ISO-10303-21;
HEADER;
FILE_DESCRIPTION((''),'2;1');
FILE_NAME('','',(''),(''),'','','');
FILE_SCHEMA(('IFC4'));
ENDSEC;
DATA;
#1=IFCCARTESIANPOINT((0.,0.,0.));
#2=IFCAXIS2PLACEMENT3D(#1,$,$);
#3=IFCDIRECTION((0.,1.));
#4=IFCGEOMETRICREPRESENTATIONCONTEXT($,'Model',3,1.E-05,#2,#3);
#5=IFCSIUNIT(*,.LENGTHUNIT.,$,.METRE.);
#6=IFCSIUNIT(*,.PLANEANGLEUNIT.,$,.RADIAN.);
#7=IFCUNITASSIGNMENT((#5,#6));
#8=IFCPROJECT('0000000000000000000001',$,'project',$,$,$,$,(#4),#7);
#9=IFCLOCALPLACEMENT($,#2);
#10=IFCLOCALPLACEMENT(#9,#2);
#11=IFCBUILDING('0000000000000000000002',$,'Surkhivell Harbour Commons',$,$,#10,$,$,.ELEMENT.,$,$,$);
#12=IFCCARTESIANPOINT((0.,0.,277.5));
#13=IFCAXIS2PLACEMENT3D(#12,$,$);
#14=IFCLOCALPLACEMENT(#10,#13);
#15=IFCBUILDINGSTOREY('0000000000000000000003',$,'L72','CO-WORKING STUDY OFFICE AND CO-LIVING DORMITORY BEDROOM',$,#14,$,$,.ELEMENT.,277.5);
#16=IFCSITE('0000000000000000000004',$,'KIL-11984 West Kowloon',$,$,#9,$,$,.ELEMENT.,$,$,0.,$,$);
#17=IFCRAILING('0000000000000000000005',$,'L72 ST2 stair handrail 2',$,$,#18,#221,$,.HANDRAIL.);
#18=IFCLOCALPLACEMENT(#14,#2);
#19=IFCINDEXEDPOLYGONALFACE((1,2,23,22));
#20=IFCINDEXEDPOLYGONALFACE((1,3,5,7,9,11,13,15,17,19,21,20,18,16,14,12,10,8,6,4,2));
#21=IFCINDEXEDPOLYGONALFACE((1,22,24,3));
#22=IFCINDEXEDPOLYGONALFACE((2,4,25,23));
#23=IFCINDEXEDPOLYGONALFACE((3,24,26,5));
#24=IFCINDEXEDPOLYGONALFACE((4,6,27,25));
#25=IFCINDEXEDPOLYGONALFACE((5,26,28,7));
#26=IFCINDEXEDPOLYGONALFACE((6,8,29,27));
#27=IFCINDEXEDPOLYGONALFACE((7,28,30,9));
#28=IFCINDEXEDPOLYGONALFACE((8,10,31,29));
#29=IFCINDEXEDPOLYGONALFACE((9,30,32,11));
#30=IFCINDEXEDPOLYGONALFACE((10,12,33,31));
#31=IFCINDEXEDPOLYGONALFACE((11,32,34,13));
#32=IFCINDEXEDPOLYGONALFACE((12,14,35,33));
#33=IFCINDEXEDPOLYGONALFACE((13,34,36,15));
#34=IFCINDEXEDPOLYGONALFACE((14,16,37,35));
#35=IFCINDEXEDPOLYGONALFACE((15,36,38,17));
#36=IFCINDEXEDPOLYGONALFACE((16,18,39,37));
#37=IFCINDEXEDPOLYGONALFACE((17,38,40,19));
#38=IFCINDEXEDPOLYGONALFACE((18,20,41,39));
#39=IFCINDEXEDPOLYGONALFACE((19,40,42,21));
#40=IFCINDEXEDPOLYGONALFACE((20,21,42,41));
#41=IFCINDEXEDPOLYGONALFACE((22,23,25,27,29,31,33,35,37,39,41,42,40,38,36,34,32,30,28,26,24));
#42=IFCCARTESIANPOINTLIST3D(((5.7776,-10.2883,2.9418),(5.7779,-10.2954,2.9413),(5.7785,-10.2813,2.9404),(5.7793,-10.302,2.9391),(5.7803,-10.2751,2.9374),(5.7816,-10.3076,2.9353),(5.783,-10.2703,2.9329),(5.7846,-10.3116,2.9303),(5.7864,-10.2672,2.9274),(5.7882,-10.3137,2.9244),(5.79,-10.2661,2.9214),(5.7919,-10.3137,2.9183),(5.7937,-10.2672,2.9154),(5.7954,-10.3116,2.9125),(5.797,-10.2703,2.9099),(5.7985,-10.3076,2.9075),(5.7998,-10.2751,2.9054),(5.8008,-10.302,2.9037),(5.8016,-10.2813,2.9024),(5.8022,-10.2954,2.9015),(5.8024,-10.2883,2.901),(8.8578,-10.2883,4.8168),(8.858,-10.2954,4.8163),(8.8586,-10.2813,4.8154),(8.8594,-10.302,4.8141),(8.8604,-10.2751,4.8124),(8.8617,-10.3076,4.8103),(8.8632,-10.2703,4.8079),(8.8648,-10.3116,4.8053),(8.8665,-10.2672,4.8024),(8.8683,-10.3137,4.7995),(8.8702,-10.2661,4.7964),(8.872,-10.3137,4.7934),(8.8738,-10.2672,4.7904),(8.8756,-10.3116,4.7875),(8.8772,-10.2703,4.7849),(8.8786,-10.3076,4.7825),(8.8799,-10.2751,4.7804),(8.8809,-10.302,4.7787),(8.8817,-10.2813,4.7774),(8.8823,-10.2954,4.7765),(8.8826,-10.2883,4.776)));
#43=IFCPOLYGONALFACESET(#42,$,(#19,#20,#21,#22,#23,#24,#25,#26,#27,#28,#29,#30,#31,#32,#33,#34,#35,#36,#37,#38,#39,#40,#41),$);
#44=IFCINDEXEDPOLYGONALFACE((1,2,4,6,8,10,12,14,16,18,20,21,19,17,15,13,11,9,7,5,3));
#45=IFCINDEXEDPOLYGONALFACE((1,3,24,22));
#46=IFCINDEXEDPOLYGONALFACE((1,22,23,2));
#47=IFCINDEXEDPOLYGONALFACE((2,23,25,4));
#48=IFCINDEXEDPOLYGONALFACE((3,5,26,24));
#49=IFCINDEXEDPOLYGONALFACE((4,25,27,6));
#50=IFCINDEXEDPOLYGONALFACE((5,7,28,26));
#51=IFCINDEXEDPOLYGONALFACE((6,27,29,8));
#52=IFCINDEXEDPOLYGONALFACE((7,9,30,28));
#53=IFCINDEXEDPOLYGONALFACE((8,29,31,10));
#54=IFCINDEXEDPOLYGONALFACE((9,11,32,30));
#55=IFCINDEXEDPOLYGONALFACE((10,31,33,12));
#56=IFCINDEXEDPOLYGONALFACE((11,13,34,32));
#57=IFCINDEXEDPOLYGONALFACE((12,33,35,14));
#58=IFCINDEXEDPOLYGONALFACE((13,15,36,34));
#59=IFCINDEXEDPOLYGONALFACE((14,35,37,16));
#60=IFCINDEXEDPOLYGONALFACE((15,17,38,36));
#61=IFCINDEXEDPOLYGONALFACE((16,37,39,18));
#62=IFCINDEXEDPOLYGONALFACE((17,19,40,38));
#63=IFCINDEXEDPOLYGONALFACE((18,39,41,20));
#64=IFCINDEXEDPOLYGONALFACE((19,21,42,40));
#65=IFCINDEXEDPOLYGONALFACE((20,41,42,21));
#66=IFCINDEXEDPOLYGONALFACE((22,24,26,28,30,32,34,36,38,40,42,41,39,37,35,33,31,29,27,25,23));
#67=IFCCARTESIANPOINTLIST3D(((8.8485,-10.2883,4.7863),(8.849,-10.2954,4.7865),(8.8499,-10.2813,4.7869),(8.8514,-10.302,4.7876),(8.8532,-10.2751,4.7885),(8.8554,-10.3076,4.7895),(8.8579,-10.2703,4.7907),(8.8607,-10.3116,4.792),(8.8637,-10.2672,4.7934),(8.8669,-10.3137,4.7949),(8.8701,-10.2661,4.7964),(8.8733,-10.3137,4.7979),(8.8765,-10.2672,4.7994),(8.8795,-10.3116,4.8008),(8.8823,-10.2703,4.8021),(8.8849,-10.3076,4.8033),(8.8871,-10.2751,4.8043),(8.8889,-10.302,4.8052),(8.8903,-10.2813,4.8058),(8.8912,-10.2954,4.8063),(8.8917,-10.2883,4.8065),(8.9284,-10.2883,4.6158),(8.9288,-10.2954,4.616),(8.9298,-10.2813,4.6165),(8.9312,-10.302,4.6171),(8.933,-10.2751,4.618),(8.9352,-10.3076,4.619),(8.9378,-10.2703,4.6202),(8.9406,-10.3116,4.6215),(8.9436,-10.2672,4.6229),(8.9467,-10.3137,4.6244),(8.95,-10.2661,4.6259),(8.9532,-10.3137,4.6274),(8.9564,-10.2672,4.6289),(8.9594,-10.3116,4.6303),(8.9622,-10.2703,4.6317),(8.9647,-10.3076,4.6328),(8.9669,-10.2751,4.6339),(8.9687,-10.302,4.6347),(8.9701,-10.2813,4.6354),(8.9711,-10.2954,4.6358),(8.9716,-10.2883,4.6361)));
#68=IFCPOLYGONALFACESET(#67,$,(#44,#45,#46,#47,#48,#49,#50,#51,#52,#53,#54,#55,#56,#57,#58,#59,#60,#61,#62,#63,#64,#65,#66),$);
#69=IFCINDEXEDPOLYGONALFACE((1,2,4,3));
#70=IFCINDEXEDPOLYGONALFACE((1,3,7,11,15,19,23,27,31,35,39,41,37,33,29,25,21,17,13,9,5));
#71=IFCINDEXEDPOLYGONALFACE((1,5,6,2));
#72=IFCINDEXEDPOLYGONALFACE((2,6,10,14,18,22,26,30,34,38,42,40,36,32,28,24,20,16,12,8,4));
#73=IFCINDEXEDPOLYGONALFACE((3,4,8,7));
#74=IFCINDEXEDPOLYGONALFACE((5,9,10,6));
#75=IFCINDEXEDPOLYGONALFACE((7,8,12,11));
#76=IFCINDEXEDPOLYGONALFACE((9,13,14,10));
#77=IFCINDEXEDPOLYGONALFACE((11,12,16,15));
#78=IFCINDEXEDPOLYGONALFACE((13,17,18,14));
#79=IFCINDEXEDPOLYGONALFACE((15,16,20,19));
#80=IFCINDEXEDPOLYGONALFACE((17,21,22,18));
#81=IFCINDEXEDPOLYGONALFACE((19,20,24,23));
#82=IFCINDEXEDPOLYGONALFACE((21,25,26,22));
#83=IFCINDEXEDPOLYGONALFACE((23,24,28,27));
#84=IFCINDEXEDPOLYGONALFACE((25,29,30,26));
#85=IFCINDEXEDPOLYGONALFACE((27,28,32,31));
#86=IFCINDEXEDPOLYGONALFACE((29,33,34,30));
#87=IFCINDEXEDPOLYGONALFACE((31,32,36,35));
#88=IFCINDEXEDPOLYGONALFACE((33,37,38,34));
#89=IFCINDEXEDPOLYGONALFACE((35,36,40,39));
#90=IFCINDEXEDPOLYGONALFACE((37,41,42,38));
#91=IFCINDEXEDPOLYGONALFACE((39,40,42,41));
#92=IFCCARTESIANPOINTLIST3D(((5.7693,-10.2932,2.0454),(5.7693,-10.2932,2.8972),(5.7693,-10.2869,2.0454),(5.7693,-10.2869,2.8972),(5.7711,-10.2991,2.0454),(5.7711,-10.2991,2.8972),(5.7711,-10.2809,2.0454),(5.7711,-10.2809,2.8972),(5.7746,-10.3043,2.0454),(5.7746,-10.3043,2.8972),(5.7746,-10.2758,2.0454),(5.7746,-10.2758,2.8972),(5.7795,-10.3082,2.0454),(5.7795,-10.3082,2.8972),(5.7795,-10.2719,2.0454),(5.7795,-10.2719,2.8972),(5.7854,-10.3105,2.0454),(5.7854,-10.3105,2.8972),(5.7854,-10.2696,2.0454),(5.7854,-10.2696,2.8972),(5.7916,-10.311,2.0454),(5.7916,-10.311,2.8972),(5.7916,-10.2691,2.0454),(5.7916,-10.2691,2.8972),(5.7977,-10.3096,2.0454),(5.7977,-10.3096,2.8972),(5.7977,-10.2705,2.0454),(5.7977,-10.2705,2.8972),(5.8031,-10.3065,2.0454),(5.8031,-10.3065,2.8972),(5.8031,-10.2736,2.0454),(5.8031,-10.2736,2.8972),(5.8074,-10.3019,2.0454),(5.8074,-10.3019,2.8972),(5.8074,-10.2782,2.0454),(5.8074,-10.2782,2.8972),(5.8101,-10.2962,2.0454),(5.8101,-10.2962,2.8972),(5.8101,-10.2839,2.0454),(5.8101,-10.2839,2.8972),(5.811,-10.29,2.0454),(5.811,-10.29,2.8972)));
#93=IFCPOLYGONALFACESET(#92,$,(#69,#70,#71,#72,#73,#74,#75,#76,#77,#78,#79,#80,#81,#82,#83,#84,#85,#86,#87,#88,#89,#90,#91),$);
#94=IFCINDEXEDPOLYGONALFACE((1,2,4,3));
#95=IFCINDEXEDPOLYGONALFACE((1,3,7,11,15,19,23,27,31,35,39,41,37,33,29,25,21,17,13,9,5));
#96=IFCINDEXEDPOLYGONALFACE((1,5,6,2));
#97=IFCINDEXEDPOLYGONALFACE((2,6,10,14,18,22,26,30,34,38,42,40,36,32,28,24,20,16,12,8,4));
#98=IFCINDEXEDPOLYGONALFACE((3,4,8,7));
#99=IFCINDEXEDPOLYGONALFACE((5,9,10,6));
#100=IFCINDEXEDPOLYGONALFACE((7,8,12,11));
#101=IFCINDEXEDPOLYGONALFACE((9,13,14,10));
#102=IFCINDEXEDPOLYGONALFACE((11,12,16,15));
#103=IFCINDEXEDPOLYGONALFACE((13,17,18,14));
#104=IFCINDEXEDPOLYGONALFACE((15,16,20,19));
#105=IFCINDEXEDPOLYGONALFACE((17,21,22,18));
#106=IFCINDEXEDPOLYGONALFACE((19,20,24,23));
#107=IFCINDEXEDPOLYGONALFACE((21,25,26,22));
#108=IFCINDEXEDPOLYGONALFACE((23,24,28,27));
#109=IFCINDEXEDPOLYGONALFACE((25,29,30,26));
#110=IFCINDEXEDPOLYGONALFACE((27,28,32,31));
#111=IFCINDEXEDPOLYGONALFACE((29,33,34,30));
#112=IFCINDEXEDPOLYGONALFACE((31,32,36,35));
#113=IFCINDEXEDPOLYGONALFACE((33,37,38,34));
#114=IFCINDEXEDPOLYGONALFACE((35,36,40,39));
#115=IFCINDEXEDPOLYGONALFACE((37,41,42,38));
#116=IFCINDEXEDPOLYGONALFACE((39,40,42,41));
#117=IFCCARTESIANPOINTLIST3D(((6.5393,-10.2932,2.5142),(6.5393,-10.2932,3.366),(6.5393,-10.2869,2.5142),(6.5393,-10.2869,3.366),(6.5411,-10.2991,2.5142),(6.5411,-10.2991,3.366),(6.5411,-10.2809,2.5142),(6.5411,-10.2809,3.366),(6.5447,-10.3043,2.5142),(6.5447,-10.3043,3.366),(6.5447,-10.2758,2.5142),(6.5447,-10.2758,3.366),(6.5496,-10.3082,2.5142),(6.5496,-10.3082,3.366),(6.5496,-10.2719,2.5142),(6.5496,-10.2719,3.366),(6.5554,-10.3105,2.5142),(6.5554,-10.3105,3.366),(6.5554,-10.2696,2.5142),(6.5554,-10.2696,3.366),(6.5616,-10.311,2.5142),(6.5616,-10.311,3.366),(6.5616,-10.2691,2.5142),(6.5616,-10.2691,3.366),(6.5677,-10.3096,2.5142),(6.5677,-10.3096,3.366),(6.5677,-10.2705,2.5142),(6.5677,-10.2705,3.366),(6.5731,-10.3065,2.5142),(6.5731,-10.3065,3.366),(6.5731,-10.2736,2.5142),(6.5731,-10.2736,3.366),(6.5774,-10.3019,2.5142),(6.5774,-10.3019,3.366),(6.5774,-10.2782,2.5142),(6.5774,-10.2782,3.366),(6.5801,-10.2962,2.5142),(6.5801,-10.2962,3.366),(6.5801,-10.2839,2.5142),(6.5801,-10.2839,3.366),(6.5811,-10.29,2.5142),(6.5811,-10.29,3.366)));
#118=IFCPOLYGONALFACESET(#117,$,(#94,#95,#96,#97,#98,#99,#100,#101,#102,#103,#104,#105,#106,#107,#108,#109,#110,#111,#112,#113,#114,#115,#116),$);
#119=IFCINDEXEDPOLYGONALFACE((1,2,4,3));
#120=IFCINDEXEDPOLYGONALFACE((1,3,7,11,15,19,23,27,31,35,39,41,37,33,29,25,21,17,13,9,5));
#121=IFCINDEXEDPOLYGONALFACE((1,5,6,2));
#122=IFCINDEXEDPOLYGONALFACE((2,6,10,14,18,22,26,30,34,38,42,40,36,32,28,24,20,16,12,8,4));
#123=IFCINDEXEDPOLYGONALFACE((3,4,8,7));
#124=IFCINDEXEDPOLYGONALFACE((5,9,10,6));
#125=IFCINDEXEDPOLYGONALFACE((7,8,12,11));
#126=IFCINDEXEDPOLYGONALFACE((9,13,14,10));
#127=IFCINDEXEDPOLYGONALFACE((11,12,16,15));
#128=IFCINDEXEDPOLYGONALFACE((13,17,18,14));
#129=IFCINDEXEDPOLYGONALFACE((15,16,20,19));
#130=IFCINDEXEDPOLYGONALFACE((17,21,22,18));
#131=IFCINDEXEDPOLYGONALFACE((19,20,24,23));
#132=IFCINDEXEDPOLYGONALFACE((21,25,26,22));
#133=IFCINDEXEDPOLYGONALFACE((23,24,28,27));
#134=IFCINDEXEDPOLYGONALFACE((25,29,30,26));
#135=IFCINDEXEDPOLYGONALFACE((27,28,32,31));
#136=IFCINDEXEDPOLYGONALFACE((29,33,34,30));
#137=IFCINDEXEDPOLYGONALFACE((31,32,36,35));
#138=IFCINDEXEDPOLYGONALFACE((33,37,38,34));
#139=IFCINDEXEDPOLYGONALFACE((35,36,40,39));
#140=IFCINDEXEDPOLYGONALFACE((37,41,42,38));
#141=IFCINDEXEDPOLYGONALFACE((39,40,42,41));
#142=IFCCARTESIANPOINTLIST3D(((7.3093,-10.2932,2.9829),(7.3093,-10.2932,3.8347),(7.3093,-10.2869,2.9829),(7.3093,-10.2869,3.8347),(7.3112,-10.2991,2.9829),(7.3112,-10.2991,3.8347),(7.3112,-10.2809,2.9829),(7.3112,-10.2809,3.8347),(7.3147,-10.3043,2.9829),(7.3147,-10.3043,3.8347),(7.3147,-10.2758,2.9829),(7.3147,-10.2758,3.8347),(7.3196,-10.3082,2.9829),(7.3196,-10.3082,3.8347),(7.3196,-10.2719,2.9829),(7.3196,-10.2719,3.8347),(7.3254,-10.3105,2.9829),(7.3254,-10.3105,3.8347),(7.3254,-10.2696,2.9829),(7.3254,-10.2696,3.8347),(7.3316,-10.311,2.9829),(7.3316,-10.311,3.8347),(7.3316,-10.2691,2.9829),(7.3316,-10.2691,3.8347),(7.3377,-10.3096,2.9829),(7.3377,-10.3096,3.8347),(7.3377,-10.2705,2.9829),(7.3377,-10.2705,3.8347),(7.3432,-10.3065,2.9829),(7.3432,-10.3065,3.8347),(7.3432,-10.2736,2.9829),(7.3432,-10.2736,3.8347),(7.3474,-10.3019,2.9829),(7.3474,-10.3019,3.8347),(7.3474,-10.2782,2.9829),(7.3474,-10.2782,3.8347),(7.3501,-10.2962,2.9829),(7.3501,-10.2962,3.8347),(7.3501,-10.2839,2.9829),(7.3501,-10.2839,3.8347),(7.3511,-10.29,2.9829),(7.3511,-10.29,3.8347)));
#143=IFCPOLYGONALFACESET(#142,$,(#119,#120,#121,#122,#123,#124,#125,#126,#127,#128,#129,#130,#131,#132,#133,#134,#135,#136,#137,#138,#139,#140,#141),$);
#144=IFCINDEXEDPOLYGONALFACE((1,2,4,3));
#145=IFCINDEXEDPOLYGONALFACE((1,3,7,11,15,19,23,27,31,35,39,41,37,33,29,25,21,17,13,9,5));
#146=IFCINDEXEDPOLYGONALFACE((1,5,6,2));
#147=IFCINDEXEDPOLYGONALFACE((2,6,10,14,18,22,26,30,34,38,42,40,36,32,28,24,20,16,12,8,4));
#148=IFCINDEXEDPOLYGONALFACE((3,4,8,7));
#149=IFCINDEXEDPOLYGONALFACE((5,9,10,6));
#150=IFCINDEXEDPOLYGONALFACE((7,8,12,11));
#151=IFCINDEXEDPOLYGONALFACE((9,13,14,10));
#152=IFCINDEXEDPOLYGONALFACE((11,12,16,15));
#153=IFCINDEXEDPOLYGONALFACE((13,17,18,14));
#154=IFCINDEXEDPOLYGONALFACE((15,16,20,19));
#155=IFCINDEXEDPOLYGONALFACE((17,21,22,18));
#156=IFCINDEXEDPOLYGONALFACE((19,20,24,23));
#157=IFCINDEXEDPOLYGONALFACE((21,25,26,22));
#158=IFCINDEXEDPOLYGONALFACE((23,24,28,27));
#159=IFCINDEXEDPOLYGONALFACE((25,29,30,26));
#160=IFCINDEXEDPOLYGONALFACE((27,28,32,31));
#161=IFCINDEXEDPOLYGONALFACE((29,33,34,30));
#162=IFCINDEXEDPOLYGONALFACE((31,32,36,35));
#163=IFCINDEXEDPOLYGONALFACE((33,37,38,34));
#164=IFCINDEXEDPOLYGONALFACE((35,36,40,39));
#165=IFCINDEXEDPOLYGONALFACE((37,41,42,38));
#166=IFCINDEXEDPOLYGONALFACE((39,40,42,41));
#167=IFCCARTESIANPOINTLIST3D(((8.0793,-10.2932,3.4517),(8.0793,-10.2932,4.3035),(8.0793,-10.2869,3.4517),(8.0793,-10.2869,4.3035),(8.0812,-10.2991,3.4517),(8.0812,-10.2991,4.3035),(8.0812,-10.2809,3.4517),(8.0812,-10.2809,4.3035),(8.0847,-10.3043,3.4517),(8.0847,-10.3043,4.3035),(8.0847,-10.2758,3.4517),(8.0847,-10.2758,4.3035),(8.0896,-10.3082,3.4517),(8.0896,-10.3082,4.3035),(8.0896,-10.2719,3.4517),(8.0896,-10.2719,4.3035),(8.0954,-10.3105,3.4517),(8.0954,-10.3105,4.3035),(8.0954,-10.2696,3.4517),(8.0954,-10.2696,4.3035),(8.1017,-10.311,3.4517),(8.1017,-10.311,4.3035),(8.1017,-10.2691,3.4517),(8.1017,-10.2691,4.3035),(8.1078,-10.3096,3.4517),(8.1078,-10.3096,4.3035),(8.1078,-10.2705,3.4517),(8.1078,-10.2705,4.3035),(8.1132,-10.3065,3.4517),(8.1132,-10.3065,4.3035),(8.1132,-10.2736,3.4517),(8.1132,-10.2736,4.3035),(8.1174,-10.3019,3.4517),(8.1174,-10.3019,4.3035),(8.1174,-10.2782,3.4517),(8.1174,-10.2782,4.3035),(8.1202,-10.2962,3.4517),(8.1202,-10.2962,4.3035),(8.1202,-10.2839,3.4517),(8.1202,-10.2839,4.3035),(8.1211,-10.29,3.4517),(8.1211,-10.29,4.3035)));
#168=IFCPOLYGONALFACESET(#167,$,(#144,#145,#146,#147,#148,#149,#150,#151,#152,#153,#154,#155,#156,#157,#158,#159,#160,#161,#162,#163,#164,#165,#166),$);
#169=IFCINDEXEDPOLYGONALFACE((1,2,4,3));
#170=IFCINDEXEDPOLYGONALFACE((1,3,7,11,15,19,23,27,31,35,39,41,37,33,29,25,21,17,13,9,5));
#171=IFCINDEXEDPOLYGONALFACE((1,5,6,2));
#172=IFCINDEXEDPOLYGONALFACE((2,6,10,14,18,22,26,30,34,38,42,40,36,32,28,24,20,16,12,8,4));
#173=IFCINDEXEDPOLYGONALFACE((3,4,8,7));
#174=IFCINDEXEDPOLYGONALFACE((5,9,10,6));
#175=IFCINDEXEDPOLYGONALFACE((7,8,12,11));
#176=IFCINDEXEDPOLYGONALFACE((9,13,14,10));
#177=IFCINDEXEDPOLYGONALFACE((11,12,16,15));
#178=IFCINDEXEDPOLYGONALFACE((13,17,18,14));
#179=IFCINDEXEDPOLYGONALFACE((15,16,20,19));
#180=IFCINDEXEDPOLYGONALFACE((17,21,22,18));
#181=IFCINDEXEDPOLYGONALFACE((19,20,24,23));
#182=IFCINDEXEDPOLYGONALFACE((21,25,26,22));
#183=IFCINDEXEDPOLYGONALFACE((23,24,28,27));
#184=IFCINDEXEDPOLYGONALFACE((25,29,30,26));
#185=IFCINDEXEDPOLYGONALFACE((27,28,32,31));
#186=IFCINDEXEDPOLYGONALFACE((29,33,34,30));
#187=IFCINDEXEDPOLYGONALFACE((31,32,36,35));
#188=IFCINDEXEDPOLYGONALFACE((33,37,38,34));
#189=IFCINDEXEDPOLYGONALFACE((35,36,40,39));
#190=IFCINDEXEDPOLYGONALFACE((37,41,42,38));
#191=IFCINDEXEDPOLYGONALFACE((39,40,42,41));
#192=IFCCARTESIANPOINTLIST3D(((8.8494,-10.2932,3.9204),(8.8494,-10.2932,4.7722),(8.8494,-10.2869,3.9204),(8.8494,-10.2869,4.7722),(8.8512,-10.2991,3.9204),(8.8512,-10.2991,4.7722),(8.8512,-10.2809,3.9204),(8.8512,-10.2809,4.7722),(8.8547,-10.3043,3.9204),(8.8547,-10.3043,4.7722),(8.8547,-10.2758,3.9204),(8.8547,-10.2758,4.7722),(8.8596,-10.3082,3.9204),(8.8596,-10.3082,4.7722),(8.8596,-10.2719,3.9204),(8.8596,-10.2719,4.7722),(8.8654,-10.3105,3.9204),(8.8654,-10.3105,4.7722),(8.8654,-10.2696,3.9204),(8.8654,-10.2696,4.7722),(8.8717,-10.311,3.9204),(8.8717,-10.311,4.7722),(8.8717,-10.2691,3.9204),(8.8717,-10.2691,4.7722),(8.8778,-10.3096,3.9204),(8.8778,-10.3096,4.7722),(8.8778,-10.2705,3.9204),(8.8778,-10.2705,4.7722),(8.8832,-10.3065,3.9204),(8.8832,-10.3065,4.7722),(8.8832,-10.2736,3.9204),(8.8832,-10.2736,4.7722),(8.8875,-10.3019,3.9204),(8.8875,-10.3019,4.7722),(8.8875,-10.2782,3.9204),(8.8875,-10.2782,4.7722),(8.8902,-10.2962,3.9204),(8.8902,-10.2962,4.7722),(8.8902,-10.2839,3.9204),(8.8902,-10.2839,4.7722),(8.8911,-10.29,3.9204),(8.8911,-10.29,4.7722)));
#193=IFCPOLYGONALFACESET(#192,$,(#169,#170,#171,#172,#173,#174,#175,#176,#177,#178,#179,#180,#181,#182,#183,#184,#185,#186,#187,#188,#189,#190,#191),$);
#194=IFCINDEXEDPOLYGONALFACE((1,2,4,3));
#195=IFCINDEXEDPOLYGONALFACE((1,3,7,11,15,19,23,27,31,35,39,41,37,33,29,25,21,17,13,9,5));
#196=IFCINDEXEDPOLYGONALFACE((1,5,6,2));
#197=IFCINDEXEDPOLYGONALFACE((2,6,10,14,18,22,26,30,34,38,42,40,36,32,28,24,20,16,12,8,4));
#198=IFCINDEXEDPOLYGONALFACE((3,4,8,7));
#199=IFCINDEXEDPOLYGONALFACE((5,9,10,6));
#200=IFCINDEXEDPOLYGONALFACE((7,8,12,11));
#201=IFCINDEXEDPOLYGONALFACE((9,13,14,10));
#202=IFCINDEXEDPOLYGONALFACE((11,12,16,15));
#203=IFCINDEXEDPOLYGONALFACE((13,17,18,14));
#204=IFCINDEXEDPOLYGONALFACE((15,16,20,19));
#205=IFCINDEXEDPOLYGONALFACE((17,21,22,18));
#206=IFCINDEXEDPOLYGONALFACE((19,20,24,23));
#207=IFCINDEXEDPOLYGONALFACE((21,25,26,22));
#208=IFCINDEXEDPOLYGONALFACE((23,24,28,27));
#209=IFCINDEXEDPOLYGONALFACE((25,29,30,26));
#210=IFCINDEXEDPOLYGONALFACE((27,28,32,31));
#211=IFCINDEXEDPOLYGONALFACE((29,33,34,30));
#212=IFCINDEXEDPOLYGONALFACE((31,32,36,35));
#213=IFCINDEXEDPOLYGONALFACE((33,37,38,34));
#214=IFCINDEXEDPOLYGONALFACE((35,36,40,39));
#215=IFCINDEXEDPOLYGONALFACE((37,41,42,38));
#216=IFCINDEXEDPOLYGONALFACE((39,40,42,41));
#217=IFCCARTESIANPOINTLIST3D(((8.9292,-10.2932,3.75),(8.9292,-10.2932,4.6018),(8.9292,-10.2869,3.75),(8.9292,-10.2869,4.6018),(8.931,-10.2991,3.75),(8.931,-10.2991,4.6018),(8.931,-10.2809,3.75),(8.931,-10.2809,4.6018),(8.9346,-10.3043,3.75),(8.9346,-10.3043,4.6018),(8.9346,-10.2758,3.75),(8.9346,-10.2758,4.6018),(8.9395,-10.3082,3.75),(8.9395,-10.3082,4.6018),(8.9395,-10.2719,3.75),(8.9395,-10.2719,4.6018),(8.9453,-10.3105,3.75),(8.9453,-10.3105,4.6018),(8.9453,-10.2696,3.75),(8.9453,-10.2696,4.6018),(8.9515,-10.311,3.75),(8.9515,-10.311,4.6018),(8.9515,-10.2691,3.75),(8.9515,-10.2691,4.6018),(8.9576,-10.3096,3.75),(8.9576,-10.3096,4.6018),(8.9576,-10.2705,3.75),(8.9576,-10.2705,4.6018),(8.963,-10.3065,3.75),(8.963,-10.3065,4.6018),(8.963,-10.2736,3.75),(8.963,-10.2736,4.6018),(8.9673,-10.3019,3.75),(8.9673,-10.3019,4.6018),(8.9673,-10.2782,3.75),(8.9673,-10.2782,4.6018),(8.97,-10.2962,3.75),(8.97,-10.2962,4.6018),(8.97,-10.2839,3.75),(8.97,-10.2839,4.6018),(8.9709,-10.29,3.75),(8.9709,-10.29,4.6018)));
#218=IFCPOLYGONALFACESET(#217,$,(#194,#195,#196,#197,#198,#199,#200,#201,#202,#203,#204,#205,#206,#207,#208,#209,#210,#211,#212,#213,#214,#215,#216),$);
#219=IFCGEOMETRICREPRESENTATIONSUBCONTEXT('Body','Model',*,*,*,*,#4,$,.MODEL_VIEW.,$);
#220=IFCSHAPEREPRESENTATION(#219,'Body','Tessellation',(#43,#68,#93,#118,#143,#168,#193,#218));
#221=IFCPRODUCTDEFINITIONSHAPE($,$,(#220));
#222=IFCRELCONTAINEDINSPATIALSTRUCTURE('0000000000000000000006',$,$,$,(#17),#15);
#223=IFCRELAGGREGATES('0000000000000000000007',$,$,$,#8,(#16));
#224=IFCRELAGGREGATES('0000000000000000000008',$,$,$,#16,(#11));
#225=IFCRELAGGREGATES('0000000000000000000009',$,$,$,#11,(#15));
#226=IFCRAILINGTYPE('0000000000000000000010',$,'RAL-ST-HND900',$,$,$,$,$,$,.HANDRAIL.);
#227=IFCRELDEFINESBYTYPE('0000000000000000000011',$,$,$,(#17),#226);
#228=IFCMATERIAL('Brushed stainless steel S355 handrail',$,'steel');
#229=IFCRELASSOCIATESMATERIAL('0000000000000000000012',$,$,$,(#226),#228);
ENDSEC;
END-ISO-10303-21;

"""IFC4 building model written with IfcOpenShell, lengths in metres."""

from ifc_helpers import new_model, si_unit, direction, frame, origin, origin_2d, place, context, subcontext, project, spatial, circle, extrude, material, type_object, element, save


model = new_model("IFC4")

# Units and contexts
model_context = context("Model", 3, precision=1e-05, world=origin(), true_north=direction((0.0, 1.0)))
body_context = subcontext(model_context, "Body", "Model", "MODEL_VIEW")
ifc_project = project(units=[si_unit("LENGTHUNIT", "METRE"), si_unit("PLANEANGLEUNIT", "RADIAN")], contexts=[model_context])

# Site, building, storey
site_placement = place(None, origin())
site = spatial("IfcSite", under=ifc_project, at=site_placement, Name="KIL-11984 West Kowloon", CompositionType="ELEMENT", RefElevation=0.0)
building_placement = place(site_placement, origin())
building = spatial("IfcBuilding", under=site, at=building_placement, Name="Surkhivell Harbour Commons", CompositionType="ELEMENT")
storey_placement = place(building_placement, frame((0.0, 0.0, 277.5)))
storey = spatial("IfcBuildingStorey", under=building, at=storey_placement, Name="L72", Description="CO-WORKING STUDY OFFICE AND CO-LIVING DORMITORY BEDROOM", CompositionType="ELEMENT", Elevation=277.5)

# Railing
ifc_material_1 = material(Name="Brushed stainless steel S355 handrail", Category="steel")
railing_type_1 = type_object("IfcRailingType", Name="RAL-ST-HND900", PredefinedType="HANDRAIL", material=ifc_material_1)
railing_1_placement = place(storey_placement, frame((5.79, -10.29, 2.0454)))
element("IfcRailing", 1, at=railing_1_placement, inside=storey, type_object=railing_type_1, Name="L72 ST2 stair handrail 2", PredefinedType="HANDRAIL", context=body_context, shape_type="SweptSolid", body=[
    extrude(circle(Radius=0.0239, at=origin_2d()), frame((0.0, 0.0, 0.876), z_axis=(0.854178, 0.0, 0.519981), x_axis=(0.0, 1.0, 0.0)), (0.0, 0.0, 1.0), 3.606),
    extrude(circle(Radius=0.0239, at=origin_2d()), frame((3.0801, 0.0, 2.751), z_axis=(0.424234, 0.0, -0.905552), x_axis=(0.0, 1.0, 0.0)), (0.0, 0.0, 1.0), 0.1882),
    extrude(circle(Radius=0.021, at=origin_2d()), origin(), (0.0, 0.0, 1.0), 0.8518),
    extrude(circle(Radius=0.021, at=origin_2d()), frame((0.77, 0.0, 0.4688)), (0.0, 0.0, 1.0), 0.8518),
    extrude(circle(Radius=0.021, at=origin_2d()), frame((1.54, 0.0, 0.9375)), (0.0, 0.0, 1.0), 0.8518),
    extrude(circle(Radius=0.021, at=origin_2d()), frame((2.3101, 0.0, 1.4062)), (0.0, 0.0, 1.0), 0.8518),
    extrude(circle(Radius=0.021, at=origin_2d()), frame((3.0801, 0.0, 1.875)), (0.0, 0.0, 1.0), 0.8518),
    extrude(circle(Radius=0.021, at=origin_2d()), frame((3.1599, 0.0, 1.7046)), (0.0, 0.0, 1.0), 0.8518),
])

save(model, "model.ifc")
